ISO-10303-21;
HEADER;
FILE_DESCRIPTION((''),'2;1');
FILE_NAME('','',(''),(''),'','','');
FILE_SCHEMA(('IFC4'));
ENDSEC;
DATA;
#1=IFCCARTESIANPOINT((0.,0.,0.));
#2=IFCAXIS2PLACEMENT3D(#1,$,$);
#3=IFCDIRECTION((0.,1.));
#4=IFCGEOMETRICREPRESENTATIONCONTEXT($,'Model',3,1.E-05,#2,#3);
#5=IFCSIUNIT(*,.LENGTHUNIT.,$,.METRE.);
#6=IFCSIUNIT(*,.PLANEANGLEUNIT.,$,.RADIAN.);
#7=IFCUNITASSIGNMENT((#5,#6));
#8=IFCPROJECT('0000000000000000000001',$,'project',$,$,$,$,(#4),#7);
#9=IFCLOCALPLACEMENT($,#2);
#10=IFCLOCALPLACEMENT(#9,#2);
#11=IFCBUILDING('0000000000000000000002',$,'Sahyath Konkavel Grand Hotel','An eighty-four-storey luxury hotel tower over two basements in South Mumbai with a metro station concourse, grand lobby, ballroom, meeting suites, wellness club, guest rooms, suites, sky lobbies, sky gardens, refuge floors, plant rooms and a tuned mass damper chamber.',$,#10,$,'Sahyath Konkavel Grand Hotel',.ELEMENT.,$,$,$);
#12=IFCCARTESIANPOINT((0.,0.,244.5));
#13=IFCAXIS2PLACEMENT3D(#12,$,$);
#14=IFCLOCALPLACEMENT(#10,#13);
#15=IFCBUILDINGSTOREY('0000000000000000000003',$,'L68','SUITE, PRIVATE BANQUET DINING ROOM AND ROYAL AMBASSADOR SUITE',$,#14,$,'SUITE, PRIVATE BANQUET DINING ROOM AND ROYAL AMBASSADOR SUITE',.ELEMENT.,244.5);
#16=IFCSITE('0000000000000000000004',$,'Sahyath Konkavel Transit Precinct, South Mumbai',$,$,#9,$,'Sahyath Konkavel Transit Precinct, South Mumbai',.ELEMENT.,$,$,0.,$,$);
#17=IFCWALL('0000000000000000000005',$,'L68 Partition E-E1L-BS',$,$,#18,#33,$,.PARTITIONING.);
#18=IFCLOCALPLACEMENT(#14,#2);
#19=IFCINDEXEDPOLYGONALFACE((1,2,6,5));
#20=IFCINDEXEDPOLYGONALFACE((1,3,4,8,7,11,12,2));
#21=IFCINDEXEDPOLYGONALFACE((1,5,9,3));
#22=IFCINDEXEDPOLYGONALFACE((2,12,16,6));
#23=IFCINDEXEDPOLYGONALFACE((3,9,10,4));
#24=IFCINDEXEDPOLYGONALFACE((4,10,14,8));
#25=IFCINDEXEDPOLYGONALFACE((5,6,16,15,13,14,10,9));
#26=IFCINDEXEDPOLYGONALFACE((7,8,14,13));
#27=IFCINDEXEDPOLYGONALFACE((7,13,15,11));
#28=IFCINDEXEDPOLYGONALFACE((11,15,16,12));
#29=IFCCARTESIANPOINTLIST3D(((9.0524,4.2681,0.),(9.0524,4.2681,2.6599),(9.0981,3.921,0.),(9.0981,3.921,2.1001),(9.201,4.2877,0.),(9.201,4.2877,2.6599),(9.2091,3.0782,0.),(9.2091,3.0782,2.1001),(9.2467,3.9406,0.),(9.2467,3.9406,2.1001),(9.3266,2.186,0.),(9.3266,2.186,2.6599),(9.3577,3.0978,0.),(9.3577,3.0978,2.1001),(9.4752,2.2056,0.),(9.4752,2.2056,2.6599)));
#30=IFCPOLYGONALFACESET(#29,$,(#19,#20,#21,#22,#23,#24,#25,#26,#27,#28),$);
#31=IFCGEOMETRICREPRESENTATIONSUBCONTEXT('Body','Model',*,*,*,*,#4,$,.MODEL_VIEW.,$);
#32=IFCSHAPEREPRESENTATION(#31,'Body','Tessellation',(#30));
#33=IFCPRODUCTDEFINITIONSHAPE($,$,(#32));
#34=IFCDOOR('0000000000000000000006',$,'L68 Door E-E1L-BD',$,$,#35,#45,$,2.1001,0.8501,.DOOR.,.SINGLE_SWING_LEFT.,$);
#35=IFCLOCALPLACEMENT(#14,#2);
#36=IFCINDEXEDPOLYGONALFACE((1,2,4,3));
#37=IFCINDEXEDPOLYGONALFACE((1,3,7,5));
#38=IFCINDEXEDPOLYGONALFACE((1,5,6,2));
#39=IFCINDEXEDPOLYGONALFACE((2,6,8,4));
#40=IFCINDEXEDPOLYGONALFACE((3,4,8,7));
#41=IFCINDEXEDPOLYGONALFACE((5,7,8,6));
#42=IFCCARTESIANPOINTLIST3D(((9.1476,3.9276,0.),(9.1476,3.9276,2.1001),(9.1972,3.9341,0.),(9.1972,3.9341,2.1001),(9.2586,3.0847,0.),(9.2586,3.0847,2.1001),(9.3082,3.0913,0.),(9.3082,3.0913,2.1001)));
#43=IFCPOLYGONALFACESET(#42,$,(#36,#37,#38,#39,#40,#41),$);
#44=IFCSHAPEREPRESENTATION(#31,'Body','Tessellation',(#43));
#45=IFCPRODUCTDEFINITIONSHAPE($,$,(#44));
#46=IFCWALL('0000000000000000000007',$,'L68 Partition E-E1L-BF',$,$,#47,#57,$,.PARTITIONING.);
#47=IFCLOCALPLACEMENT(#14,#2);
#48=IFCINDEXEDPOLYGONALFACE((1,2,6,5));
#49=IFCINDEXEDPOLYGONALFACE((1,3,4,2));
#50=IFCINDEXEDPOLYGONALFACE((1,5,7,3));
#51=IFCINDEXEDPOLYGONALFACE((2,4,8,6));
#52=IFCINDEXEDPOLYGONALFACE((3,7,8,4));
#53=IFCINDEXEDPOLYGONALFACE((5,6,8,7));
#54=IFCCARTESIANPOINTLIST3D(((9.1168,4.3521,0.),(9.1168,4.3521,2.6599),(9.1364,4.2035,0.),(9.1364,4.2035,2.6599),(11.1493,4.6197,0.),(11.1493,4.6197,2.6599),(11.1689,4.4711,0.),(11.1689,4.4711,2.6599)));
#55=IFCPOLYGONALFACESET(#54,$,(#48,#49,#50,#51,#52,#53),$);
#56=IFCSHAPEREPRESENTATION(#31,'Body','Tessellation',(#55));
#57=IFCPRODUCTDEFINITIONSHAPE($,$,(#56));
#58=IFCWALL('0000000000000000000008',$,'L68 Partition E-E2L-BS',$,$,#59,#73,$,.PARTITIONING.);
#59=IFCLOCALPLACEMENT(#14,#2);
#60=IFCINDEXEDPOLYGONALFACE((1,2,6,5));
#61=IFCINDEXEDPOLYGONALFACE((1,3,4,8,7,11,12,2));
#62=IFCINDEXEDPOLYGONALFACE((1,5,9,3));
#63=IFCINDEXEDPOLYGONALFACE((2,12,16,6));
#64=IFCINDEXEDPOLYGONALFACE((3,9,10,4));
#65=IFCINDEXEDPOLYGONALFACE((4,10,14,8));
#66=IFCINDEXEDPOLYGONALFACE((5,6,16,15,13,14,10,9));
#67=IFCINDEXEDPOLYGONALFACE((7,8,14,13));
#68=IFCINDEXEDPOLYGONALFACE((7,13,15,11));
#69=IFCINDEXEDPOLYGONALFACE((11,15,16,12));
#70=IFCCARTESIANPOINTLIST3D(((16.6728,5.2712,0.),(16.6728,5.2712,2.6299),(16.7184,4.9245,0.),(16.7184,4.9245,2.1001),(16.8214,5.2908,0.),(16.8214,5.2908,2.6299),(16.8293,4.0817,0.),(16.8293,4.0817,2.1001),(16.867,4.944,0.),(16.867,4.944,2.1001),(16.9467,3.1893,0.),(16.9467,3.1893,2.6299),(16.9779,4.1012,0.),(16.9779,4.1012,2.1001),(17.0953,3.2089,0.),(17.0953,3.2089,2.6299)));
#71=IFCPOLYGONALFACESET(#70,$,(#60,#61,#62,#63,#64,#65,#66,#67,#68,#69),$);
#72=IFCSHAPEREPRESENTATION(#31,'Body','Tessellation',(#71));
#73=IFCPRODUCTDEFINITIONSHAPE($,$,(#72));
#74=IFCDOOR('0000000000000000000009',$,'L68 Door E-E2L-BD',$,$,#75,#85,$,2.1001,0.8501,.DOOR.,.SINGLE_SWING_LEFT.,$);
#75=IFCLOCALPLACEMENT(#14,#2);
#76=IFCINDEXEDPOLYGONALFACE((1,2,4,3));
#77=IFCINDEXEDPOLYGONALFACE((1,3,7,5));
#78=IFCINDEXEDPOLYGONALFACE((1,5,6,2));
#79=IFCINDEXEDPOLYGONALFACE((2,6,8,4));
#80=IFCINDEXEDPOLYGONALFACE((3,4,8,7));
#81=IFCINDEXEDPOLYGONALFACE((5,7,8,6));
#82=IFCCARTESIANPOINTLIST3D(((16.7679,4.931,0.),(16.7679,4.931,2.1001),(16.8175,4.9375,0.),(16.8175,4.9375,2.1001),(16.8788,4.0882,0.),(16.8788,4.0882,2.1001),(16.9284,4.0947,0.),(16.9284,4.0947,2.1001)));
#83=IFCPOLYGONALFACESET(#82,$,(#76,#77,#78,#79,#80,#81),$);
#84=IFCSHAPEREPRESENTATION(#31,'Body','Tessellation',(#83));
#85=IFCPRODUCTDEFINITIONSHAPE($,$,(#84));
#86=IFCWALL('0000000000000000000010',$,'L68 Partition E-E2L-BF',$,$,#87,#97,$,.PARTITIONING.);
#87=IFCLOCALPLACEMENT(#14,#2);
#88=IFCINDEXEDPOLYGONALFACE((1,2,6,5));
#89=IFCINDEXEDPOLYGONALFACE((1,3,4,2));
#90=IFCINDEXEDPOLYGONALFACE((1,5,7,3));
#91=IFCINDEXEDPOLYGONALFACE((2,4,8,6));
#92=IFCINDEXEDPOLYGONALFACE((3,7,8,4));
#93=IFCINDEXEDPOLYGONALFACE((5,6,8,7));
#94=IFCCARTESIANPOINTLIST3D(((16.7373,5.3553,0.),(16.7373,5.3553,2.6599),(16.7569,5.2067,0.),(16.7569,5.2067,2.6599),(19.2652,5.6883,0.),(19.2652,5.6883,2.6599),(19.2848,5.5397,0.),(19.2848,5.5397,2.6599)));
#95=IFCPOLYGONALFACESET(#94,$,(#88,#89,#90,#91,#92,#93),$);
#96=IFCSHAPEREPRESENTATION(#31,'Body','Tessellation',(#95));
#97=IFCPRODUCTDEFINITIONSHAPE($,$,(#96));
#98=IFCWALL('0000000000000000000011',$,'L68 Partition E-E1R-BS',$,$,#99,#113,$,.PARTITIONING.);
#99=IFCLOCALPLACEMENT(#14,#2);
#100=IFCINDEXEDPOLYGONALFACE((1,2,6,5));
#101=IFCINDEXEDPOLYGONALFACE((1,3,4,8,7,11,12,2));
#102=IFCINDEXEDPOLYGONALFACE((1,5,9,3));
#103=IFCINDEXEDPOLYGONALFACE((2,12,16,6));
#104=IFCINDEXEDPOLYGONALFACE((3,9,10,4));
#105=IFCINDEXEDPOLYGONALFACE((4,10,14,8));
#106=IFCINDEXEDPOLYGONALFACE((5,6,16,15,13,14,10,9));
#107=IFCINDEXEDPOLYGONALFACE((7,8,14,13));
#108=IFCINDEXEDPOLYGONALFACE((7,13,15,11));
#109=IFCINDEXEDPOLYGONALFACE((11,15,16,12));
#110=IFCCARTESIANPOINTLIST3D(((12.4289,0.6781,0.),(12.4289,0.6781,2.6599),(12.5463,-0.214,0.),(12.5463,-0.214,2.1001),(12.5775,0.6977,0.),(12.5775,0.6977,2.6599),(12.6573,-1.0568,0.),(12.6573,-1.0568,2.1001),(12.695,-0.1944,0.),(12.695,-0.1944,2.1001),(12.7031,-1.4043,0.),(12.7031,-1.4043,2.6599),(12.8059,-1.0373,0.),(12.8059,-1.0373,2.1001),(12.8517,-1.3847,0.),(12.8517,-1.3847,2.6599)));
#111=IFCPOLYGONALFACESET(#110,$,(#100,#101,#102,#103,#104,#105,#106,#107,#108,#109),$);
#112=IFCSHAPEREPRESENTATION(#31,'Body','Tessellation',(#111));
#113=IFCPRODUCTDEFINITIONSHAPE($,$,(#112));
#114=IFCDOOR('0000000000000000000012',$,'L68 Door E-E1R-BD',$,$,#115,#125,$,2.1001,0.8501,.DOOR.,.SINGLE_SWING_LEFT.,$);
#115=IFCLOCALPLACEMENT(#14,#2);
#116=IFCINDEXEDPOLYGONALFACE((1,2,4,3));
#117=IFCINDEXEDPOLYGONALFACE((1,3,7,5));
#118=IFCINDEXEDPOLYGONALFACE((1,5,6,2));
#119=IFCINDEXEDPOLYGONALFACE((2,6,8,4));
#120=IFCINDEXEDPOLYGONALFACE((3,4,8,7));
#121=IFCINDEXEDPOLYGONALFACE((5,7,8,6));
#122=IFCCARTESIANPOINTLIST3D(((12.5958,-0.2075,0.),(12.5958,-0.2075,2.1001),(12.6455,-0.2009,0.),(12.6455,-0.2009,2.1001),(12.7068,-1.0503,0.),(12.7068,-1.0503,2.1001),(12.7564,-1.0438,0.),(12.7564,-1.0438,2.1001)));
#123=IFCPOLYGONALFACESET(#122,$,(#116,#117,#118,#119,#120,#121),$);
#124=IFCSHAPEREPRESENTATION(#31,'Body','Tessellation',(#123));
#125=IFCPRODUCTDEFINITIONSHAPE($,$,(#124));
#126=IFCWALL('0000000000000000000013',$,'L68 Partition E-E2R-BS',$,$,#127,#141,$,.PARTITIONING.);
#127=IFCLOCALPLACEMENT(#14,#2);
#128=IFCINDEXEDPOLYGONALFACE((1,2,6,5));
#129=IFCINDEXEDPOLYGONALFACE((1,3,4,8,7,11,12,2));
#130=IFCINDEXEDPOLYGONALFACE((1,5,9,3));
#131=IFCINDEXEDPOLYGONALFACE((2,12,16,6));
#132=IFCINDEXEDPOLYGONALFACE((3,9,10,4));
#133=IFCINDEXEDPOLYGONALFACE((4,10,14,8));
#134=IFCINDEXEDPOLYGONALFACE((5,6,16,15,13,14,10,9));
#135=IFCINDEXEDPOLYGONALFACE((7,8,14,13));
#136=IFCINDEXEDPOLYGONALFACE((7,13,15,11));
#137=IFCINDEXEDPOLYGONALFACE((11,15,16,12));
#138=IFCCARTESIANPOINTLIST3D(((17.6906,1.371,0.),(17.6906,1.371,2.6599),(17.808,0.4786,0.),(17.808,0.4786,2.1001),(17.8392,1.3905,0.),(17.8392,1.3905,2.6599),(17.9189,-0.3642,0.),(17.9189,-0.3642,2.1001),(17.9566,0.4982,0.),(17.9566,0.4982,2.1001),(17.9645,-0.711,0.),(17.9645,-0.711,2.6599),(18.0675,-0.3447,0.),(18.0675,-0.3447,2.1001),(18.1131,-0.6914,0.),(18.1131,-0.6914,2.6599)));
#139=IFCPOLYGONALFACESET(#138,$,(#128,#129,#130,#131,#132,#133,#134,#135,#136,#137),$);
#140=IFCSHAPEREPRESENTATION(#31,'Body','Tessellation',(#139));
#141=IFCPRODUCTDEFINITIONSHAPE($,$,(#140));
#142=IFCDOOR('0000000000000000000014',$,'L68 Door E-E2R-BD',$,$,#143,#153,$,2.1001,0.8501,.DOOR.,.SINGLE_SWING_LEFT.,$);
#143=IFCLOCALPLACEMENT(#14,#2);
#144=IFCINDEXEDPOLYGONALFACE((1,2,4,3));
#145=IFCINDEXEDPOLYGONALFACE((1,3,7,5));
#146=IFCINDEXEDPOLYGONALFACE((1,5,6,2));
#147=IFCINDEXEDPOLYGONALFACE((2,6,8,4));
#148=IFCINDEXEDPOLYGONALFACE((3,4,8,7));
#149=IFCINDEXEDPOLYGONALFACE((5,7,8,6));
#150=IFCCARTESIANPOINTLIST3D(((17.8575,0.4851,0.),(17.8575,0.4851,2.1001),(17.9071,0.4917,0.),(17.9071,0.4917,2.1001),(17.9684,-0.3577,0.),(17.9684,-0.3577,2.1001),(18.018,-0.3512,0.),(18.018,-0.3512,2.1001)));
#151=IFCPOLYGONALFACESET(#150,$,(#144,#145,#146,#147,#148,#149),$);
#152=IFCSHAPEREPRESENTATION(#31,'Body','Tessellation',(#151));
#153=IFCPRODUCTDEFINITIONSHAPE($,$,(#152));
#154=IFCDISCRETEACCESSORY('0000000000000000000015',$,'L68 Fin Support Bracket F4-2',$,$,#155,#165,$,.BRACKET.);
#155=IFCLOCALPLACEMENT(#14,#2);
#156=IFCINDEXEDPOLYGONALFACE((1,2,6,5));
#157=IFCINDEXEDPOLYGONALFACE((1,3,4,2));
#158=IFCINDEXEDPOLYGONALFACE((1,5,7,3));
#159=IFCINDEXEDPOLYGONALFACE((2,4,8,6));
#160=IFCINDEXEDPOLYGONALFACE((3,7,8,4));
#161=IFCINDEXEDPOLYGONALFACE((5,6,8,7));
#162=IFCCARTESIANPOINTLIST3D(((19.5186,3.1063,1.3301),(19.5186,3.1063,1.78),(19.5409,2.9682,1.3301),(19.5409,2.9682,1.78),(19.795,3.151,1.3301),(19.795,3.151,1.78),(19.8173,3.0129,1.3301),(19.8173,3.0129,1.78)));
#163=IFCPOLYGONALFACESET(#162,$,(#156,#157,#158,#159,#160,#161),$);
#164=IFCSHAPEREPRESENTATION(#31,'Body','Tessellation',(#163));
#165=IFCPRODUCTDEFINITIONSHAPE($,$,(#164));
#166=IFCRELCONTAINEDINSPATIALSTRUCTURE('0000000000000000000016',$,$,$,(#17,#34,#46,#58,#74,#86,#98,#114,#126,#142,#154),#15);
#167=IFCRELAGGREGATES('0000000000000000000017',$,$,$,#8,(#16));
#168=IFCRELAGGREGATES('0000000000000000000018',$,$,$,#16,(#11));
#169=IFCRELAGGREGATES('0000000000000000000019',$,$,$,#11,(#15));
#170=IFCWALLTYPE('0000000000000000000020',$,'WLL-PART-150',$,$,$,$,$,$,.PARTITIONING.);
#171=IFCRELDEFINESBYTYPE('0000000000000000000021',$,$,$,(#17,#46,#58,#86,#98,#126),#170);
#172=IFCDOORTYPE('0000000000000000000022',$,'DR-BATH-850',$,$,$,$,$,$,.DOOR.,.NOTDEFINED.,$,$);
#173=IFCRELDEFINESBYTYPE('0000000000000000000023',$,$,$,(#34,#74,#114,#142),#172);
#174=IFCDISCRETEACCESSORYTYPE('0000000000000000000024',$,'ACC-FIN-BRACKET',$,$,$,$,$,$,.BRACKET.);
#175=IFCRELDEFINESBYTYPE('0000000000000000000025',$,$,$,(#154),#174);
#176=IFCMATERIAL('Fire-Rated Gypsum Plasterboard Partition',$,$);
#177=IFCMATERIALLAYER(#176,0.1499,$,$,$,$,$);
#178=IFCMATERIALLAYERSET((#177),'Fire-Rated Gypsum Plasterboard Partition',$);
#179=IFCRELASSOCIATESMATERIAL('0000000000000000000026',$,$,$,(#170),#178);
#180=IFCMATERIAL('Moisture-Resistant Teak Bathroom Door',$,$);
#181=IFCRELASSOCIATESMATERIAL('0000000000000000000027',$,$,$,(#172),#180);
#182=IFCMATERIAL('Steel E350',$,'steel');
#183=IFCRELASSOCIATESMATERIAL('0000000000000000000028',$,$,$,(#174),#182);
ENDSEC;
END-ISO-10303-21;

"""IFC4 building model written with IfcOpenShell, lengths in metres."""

from ifc_helpers import new_model, si_unit, direction, frame, frame_2d, origin, origin_2d, place, context, subcontext, project, spatial, rectangle, extrude, source, transform, mapped, material, layer, layer_set, type_object, element, fill, save


model = new_model("IFC4")

# Units and contexts
model_context = context("Model", 3, precision=1e-05, world=origin(), true_north=direction((0.0, 1.0)))
body_context = subcontext(model_context, "Body", "Model", "MODEL_VIEW")
ifc_project = project(units=[si_unit("LENGTHUNIT", "METRE"), si_unit("PLANEANGLEUNIT", "RADIAN")], contexts=[model_context])

# Site, building, storey
site_placement = place(None, origin())
site = spatial("IfcSite", under=ifc_project, at=site_placement, Name="Sahyath Konkavel Transit Precinct, South Mumbai", LongName="Sahyath Konkavel Transit Precinct, South Mumbai", CompositionType="ELEMENT", RefElevation=0.0)
building_placement = place(site_placement, origin())
building = spatial("IfcBuilding", under=site, at=building_placement, Name="Sahyath Konkavel Grand Hotel", Description="An eighty-four-storey luxury hotel tower over two basements in South Mumbai with a metro station concourse, grand lobby, ballroom, meeting suites, wellness club, guest rooms, suites, sky lobbies, sky gardens, refuge floors, plant rooms and a tuned mass damper chamber.", LongName="Sahyath Konkavel Grand Hotel", CompositionType="ELEMENT")
storey_placement = place(building_placement, frame((0.0, 0.0, 244.5)))
storey = spatial("IfcBuildingStorey", under=building, at=storey_placement, Name="L68", Description="SUITE, PRIVATE BANQUET DINING ROOM AND ROYAL AMBASSADOR SUITE", LongName="SUITE, PRIVATE BANQUET DINING ROOM AND ROYAL AMBASSADOR SUITE", CompositionType="ELEMENT", Elevation=244.5)

# Shared definitions
ifc_material_1 = material(Name="Steel E350", Category="steel")

# Wall, opening, door
ifc_material_2 = material(Name="Fire-Rated Gypsum Plasterboard Partition")
ifc_layer_1 = layer(ifc_material_2, 0.1499)
ifc_layer_set_1 = layer_set([ifc_layer_1], Name="Fire-Rated Gypsum Plasterboard Partition")
wall_type_1 = type_object("IfcWallType", Name="WLL-PART-150", PredefinedType="PARTITIONING", material=ifc_layer_set_1)
wall_1_placement = place(storey_placement, frame((9.4009, 2.1958, 0.0), z_axis=(0.0, 0.0, 1.0), x_axis=(-0.130557, 0.991441, 0.0)))
wall_1 = element("IfcWall", 1, at=wall_1_placement, inside=storey, type_object=wall_type_1, Name="L68 Partition E-E1L-BS", PredefinedType="PARTITIONING", context=body_context, shape_type="SweptSolid", body=[
    extrude(rectangle(XDim=2.1001, YDim=0.1499, at=frame_2d((1.05, 0.0))), origin(), (0.0, 0.0, 1.0), 2.6599),
])
opening_1_placement = place(wall_1_placement, frame((0.8999, 0.0, 0.0)))
opening_1 = element("IfcOpeningElement", 2, at=opening_1_placement, cuts=wall_1, PredefinedType="OPENING", context=body_context, shape_type="SweptSolid", body=[
    extrude(rectangle(XDim=0.8501, YDim=2.1001, at=frame_2d((0.425, 1.05))), frame((0.0, 0.085, 0.0), z_axis=(0.0, -1.0, 0.0), x_axis=(1.0, 0.0, 0.0)), (0.0, 0.0, 1.0), 0.1699),
])
ifc_material_3 = material(Name="Moisture-Resistant Teak Bathroom Door")
door_type = type_object("IfcDoorType", Name="DR-BATH-850", OperationType="NOTDEFINED", PredefinedType="DOOR", material=ifc_material_3)
shared_shape_1 = source(origin(), body_context, "Body", "SweptSolid", [
    extrude(rectangle(XDim=0.8501, YDim=0.05, at=origin_2d()), origin(), (0.0, 0.0, 1.0), 2.1001),
])
door_1_placement = place(opening_1_placement, frame((0.425, 0.0, 0.0)))
door_1 = element("IfcDoor", 3, at=door_1_placement, inside=storey, type_object=door_type, Name="L68 Door E-E1L-BD", OperationType="SINGLE_SWING_LEFT", OverallHeight=2.1001, OverallWidth=0.8501, PredefinedType="DOOR", context=body_context, shape_type="MappedRepresentation", body=[
    mapped(shared_shape_1, transform((0.0, 0.0, 0.0), scale=1.0)),
])
fill(opening_1, door_1)

# Wall
wall_2_placement = place(storey_placement, frame((9.1267, 4.2778, 0.0), z_axis=(0.0, 0.0, 1.0), x_axis=(0.991445, 0.130525, 0.0)))
element("IfcWall", 4, at=wall_2_placement, inside=storey, type_object=wall_type_1, Name="L68 Partition E-E1L-BF", PredefinedType="PARTITIONING", context=body_context, shape_type="SweptSolid", body=[
    extrude(rectangle(XDim=2.05, YDim=0.1499, at=frame_2d((1.0249, 0.0))), origin(), (0.0, 0.0, 1.0), 2.6599),
])

# Wall, opening, door
wall_3_placement = place(storey_placement, frame((17.021, 3.1992, 0.0), z_axis=(0.0, 0.0, 1.0), x_axis=(-0.130458, 0.991454, 0.0)))
wall_3 = element("IfcWall", 5, at=wall_3_placement, inside=storey, type_object=wall_type_1, Name="L68 Partition E-E2L-BS", PredefinedType="PARTITIONING", context=body_context, shape_type="SweptSolid", body=[
    extrude(rectangle(XDim=2.0999, YDim=0.1499, at=frame_2d((1.0498, 0.0))), origin(), (0.0, 0.0, 1.0), 2.6299),
])
opening_2_placement = place(wall_3_placement, frame((0.8999, 0.0, 0.0)))
opening_2 = element("IfcOpeningElement", 6, at=opening_2_placement, cuts=wall_3, PredefinedType="OPENING", context=body_context, shape_type="SweptSolid", body=[
    extrude(rectangle(XDim=0.8501, YDim=2.1001, at=frame_2d((0.425, 1.05))), frame((0.0, 0.085, 0.0), z_axis=(0.0, -1.0, 0.0), x_axis=(1.0, 0.0, 0.0)), (0.0, 0.0, 1.0), 0.1699),
])
door_2_placement = place(opening_2_placement, frame((0.425, 0.0, 0.0)))
door_2 = element("IfcDoor", 7, at=door_2_placement, inside=storey, type_object=door_type, Name="L68 Door E-E2L-BD", OperationType="SINGLE_SWING_LEFT", OverallHeight=2.1001, OverallWidth=0.8501, PredefinedType="DOOR", context=body_context, shape_type="MappedRepresentation", body=[
    mapped(shared_shape_1, transform((0.0, 0.0, 0.0), scale=1.0)),
])
fill(opening_2, door_2)

# Wall
wall_4_placement = place(storey_placement, frame((16.7471, 5.281, 0.0), z_axis=(0.0, 0.0, 1.0), x_axis=(0.991436, 0.130596, 0.0)))
element("IfcWall", 8, at=wall_4_placement, inside=storey, type_object=wall_type_1, Name="L68 Partition E-E2L-BF", PredefinedType="PARTITIONING", context=body_context, shape_type="SweptSolid", body=[
    extrude(rectangle(XDim=2.5498, YDim=0.1499, at=frame_2d((1.2749, 0.0))), origin(), (0.0, 0.0, 1.0), 2.6599),
])

# Walls, openings, doors
wall_5_placement = place(storey_placement, frame((12.5032, 0.688, 0.0), z_axis=(0.0, 0.0, 1.0), x_axis=(0.130542, -0.991443, 0.0)))
wall_5 = element("IfcWall", 9, at=wall_5_placement, inside=storey, type_object=wall_type_1, Name="L68 Partition E-E1R-BS", PredefinedType="PARTITIONING", context=body_context, shape_type="SweptSolid", body=[
    extrude(rectangle(XDim=2.1003, YDim=0.1499, at=frame_2d((1.0503, 0.0))), origin(), (0.0, 0.0, 1.0), 2.6599),
])
opening_3_placement = place(wall_5_placement, frame((0.8999, 0.0, 0.0)))
opening_3 = element("IfcOpeningElement", 10, at=opening_3_placement, cuts=wall_5, PredefinedType="OPENING", context=body_context, shape_type="SweptSolid", body=[
    extrude(rectangle(XDim=0.8501, YDim=2.1001, at=frame_2d((0.425, 1.05))), frame((0.0, 0.085, 0.0), z_axis=(0.0, -1.0, 0.0), x_axis=(1.0, 0.0, 0.0)), (0.0, 0.0, 1.0), 0.1699),
])
door_3_placement = place(opening_3_placement, frame((0.425, 0.0, 0.0)))
door_3 = element("IfcDoor", 11, at=door_3_placement, inside=storey, type_object=door_type, Name="L68 Door E-E1R-BD", OperationType="SINGLE_SWING_LEFT", OverallHeight=2.1001, OverallWidth=0.8501, PredefinedType="DOOR", context=body_context, shape_type="MappedRepresentation", body=[
    mapped(shared_shape_1, transform((0.0, 0.0, 0.0), scale=1.0)),
])
fill(opening_3, door_3)
wall_6_placement = place(storey_placement, frame((17.7649, 1.3806, 0.0), z_axis=(0.0, 0.0, 1.0), x_axis=(0.130442, -0.991456, 0.0)))
wall_6 = element("IfcWall", 12, at=wall_6_placement, inside=storey, type_object=wall_type_1, Name="L68 Partition E-E2R-BS", PredefinedType="PARTITIONING", context=body_context, shape_type="SweptSolid", body=[
    extrude(rectangle(XDim=2.0999, YDim=0.1499, at=frame_2d((1.0498, 0.0))), origin(), (0.0, 0.0, 1.0), 2.6599),
])
opening_4_placement = place(wall_6_placement, frame((0.8999, 0.0, 0.0)))
opening_4 = element("IfcOpeningElement", 13, at=opening_4_placement, cuts=wall_6, PredefinedType="OPENING", context=body_context, shape_type="SweptSolid", body=[
    extrude(rectangle(XDim=0.8501, YDim=2.1001, at=frame_2d((0.425, 1.05))), frame((0.0, 0.085, 0.0), z_axis=(0.0, -1.0, 0.0), x_axis=(1.0, 0.0, 0.0)), (0.0, 0.0, 1.0), 0.1699),
])
door_4_placement = place(opening_4_placement, frame((0.425, 0.0, 0.0)))
door_4 = element("IfcDoor", 14, at=door_4_placement, inside=storey, type_object=door_type, Name="L68 Door E-E2R-BD", OperationType="SINGLE_SWING_LEFT", OverallHeight=2.1001, OverallWidth=0.8501, PredefinedType="DOOR", context=body_context, shape_type="MappedRepresentation", body=[
    mapped(shared_shape_1, transform((0.0, 0.0, 0.0), scale=1.0)),
])
fill(opening_4, door_4)

# Discrete accessory
discrete_accessory_type = type_object("IfcDiscreteAccessoryType", Name="ACC-FIN-BRACKET", PredefinedType="BRACKET", material=ifc_material_1)
shared_shape_2 = source(origin(), body_context, "Body", "SweptSolid", [
    extrude(rectangle(XDim=0.28, YDim=0.1399, at=origin_2d()), origin(), (0.0, 0.0, 1.0), 0.45),
])
discrete_accessory_placement = place(storey_placement, frame((19.668, 3.0596, 1.3301), z_axis=(0.0, 0.0, 1.0), x_axis=(0.987198, 0.159502, 0.0)))
element("IfcDiscreteAccessory", 15, at=discrete_accessory_placement, inside=storey, type_object=discrete_accessory_type, Name="L68 Fin Support Bracket F4-2", PredefinedType="BRACKET", context=body_context, shape_type="MappedRepresentation", body=[
    mapped(shared_shape_2, transform((0.0, 0.0, 0.0), scale=1.0)),
])

save(model, "model.ifc")
